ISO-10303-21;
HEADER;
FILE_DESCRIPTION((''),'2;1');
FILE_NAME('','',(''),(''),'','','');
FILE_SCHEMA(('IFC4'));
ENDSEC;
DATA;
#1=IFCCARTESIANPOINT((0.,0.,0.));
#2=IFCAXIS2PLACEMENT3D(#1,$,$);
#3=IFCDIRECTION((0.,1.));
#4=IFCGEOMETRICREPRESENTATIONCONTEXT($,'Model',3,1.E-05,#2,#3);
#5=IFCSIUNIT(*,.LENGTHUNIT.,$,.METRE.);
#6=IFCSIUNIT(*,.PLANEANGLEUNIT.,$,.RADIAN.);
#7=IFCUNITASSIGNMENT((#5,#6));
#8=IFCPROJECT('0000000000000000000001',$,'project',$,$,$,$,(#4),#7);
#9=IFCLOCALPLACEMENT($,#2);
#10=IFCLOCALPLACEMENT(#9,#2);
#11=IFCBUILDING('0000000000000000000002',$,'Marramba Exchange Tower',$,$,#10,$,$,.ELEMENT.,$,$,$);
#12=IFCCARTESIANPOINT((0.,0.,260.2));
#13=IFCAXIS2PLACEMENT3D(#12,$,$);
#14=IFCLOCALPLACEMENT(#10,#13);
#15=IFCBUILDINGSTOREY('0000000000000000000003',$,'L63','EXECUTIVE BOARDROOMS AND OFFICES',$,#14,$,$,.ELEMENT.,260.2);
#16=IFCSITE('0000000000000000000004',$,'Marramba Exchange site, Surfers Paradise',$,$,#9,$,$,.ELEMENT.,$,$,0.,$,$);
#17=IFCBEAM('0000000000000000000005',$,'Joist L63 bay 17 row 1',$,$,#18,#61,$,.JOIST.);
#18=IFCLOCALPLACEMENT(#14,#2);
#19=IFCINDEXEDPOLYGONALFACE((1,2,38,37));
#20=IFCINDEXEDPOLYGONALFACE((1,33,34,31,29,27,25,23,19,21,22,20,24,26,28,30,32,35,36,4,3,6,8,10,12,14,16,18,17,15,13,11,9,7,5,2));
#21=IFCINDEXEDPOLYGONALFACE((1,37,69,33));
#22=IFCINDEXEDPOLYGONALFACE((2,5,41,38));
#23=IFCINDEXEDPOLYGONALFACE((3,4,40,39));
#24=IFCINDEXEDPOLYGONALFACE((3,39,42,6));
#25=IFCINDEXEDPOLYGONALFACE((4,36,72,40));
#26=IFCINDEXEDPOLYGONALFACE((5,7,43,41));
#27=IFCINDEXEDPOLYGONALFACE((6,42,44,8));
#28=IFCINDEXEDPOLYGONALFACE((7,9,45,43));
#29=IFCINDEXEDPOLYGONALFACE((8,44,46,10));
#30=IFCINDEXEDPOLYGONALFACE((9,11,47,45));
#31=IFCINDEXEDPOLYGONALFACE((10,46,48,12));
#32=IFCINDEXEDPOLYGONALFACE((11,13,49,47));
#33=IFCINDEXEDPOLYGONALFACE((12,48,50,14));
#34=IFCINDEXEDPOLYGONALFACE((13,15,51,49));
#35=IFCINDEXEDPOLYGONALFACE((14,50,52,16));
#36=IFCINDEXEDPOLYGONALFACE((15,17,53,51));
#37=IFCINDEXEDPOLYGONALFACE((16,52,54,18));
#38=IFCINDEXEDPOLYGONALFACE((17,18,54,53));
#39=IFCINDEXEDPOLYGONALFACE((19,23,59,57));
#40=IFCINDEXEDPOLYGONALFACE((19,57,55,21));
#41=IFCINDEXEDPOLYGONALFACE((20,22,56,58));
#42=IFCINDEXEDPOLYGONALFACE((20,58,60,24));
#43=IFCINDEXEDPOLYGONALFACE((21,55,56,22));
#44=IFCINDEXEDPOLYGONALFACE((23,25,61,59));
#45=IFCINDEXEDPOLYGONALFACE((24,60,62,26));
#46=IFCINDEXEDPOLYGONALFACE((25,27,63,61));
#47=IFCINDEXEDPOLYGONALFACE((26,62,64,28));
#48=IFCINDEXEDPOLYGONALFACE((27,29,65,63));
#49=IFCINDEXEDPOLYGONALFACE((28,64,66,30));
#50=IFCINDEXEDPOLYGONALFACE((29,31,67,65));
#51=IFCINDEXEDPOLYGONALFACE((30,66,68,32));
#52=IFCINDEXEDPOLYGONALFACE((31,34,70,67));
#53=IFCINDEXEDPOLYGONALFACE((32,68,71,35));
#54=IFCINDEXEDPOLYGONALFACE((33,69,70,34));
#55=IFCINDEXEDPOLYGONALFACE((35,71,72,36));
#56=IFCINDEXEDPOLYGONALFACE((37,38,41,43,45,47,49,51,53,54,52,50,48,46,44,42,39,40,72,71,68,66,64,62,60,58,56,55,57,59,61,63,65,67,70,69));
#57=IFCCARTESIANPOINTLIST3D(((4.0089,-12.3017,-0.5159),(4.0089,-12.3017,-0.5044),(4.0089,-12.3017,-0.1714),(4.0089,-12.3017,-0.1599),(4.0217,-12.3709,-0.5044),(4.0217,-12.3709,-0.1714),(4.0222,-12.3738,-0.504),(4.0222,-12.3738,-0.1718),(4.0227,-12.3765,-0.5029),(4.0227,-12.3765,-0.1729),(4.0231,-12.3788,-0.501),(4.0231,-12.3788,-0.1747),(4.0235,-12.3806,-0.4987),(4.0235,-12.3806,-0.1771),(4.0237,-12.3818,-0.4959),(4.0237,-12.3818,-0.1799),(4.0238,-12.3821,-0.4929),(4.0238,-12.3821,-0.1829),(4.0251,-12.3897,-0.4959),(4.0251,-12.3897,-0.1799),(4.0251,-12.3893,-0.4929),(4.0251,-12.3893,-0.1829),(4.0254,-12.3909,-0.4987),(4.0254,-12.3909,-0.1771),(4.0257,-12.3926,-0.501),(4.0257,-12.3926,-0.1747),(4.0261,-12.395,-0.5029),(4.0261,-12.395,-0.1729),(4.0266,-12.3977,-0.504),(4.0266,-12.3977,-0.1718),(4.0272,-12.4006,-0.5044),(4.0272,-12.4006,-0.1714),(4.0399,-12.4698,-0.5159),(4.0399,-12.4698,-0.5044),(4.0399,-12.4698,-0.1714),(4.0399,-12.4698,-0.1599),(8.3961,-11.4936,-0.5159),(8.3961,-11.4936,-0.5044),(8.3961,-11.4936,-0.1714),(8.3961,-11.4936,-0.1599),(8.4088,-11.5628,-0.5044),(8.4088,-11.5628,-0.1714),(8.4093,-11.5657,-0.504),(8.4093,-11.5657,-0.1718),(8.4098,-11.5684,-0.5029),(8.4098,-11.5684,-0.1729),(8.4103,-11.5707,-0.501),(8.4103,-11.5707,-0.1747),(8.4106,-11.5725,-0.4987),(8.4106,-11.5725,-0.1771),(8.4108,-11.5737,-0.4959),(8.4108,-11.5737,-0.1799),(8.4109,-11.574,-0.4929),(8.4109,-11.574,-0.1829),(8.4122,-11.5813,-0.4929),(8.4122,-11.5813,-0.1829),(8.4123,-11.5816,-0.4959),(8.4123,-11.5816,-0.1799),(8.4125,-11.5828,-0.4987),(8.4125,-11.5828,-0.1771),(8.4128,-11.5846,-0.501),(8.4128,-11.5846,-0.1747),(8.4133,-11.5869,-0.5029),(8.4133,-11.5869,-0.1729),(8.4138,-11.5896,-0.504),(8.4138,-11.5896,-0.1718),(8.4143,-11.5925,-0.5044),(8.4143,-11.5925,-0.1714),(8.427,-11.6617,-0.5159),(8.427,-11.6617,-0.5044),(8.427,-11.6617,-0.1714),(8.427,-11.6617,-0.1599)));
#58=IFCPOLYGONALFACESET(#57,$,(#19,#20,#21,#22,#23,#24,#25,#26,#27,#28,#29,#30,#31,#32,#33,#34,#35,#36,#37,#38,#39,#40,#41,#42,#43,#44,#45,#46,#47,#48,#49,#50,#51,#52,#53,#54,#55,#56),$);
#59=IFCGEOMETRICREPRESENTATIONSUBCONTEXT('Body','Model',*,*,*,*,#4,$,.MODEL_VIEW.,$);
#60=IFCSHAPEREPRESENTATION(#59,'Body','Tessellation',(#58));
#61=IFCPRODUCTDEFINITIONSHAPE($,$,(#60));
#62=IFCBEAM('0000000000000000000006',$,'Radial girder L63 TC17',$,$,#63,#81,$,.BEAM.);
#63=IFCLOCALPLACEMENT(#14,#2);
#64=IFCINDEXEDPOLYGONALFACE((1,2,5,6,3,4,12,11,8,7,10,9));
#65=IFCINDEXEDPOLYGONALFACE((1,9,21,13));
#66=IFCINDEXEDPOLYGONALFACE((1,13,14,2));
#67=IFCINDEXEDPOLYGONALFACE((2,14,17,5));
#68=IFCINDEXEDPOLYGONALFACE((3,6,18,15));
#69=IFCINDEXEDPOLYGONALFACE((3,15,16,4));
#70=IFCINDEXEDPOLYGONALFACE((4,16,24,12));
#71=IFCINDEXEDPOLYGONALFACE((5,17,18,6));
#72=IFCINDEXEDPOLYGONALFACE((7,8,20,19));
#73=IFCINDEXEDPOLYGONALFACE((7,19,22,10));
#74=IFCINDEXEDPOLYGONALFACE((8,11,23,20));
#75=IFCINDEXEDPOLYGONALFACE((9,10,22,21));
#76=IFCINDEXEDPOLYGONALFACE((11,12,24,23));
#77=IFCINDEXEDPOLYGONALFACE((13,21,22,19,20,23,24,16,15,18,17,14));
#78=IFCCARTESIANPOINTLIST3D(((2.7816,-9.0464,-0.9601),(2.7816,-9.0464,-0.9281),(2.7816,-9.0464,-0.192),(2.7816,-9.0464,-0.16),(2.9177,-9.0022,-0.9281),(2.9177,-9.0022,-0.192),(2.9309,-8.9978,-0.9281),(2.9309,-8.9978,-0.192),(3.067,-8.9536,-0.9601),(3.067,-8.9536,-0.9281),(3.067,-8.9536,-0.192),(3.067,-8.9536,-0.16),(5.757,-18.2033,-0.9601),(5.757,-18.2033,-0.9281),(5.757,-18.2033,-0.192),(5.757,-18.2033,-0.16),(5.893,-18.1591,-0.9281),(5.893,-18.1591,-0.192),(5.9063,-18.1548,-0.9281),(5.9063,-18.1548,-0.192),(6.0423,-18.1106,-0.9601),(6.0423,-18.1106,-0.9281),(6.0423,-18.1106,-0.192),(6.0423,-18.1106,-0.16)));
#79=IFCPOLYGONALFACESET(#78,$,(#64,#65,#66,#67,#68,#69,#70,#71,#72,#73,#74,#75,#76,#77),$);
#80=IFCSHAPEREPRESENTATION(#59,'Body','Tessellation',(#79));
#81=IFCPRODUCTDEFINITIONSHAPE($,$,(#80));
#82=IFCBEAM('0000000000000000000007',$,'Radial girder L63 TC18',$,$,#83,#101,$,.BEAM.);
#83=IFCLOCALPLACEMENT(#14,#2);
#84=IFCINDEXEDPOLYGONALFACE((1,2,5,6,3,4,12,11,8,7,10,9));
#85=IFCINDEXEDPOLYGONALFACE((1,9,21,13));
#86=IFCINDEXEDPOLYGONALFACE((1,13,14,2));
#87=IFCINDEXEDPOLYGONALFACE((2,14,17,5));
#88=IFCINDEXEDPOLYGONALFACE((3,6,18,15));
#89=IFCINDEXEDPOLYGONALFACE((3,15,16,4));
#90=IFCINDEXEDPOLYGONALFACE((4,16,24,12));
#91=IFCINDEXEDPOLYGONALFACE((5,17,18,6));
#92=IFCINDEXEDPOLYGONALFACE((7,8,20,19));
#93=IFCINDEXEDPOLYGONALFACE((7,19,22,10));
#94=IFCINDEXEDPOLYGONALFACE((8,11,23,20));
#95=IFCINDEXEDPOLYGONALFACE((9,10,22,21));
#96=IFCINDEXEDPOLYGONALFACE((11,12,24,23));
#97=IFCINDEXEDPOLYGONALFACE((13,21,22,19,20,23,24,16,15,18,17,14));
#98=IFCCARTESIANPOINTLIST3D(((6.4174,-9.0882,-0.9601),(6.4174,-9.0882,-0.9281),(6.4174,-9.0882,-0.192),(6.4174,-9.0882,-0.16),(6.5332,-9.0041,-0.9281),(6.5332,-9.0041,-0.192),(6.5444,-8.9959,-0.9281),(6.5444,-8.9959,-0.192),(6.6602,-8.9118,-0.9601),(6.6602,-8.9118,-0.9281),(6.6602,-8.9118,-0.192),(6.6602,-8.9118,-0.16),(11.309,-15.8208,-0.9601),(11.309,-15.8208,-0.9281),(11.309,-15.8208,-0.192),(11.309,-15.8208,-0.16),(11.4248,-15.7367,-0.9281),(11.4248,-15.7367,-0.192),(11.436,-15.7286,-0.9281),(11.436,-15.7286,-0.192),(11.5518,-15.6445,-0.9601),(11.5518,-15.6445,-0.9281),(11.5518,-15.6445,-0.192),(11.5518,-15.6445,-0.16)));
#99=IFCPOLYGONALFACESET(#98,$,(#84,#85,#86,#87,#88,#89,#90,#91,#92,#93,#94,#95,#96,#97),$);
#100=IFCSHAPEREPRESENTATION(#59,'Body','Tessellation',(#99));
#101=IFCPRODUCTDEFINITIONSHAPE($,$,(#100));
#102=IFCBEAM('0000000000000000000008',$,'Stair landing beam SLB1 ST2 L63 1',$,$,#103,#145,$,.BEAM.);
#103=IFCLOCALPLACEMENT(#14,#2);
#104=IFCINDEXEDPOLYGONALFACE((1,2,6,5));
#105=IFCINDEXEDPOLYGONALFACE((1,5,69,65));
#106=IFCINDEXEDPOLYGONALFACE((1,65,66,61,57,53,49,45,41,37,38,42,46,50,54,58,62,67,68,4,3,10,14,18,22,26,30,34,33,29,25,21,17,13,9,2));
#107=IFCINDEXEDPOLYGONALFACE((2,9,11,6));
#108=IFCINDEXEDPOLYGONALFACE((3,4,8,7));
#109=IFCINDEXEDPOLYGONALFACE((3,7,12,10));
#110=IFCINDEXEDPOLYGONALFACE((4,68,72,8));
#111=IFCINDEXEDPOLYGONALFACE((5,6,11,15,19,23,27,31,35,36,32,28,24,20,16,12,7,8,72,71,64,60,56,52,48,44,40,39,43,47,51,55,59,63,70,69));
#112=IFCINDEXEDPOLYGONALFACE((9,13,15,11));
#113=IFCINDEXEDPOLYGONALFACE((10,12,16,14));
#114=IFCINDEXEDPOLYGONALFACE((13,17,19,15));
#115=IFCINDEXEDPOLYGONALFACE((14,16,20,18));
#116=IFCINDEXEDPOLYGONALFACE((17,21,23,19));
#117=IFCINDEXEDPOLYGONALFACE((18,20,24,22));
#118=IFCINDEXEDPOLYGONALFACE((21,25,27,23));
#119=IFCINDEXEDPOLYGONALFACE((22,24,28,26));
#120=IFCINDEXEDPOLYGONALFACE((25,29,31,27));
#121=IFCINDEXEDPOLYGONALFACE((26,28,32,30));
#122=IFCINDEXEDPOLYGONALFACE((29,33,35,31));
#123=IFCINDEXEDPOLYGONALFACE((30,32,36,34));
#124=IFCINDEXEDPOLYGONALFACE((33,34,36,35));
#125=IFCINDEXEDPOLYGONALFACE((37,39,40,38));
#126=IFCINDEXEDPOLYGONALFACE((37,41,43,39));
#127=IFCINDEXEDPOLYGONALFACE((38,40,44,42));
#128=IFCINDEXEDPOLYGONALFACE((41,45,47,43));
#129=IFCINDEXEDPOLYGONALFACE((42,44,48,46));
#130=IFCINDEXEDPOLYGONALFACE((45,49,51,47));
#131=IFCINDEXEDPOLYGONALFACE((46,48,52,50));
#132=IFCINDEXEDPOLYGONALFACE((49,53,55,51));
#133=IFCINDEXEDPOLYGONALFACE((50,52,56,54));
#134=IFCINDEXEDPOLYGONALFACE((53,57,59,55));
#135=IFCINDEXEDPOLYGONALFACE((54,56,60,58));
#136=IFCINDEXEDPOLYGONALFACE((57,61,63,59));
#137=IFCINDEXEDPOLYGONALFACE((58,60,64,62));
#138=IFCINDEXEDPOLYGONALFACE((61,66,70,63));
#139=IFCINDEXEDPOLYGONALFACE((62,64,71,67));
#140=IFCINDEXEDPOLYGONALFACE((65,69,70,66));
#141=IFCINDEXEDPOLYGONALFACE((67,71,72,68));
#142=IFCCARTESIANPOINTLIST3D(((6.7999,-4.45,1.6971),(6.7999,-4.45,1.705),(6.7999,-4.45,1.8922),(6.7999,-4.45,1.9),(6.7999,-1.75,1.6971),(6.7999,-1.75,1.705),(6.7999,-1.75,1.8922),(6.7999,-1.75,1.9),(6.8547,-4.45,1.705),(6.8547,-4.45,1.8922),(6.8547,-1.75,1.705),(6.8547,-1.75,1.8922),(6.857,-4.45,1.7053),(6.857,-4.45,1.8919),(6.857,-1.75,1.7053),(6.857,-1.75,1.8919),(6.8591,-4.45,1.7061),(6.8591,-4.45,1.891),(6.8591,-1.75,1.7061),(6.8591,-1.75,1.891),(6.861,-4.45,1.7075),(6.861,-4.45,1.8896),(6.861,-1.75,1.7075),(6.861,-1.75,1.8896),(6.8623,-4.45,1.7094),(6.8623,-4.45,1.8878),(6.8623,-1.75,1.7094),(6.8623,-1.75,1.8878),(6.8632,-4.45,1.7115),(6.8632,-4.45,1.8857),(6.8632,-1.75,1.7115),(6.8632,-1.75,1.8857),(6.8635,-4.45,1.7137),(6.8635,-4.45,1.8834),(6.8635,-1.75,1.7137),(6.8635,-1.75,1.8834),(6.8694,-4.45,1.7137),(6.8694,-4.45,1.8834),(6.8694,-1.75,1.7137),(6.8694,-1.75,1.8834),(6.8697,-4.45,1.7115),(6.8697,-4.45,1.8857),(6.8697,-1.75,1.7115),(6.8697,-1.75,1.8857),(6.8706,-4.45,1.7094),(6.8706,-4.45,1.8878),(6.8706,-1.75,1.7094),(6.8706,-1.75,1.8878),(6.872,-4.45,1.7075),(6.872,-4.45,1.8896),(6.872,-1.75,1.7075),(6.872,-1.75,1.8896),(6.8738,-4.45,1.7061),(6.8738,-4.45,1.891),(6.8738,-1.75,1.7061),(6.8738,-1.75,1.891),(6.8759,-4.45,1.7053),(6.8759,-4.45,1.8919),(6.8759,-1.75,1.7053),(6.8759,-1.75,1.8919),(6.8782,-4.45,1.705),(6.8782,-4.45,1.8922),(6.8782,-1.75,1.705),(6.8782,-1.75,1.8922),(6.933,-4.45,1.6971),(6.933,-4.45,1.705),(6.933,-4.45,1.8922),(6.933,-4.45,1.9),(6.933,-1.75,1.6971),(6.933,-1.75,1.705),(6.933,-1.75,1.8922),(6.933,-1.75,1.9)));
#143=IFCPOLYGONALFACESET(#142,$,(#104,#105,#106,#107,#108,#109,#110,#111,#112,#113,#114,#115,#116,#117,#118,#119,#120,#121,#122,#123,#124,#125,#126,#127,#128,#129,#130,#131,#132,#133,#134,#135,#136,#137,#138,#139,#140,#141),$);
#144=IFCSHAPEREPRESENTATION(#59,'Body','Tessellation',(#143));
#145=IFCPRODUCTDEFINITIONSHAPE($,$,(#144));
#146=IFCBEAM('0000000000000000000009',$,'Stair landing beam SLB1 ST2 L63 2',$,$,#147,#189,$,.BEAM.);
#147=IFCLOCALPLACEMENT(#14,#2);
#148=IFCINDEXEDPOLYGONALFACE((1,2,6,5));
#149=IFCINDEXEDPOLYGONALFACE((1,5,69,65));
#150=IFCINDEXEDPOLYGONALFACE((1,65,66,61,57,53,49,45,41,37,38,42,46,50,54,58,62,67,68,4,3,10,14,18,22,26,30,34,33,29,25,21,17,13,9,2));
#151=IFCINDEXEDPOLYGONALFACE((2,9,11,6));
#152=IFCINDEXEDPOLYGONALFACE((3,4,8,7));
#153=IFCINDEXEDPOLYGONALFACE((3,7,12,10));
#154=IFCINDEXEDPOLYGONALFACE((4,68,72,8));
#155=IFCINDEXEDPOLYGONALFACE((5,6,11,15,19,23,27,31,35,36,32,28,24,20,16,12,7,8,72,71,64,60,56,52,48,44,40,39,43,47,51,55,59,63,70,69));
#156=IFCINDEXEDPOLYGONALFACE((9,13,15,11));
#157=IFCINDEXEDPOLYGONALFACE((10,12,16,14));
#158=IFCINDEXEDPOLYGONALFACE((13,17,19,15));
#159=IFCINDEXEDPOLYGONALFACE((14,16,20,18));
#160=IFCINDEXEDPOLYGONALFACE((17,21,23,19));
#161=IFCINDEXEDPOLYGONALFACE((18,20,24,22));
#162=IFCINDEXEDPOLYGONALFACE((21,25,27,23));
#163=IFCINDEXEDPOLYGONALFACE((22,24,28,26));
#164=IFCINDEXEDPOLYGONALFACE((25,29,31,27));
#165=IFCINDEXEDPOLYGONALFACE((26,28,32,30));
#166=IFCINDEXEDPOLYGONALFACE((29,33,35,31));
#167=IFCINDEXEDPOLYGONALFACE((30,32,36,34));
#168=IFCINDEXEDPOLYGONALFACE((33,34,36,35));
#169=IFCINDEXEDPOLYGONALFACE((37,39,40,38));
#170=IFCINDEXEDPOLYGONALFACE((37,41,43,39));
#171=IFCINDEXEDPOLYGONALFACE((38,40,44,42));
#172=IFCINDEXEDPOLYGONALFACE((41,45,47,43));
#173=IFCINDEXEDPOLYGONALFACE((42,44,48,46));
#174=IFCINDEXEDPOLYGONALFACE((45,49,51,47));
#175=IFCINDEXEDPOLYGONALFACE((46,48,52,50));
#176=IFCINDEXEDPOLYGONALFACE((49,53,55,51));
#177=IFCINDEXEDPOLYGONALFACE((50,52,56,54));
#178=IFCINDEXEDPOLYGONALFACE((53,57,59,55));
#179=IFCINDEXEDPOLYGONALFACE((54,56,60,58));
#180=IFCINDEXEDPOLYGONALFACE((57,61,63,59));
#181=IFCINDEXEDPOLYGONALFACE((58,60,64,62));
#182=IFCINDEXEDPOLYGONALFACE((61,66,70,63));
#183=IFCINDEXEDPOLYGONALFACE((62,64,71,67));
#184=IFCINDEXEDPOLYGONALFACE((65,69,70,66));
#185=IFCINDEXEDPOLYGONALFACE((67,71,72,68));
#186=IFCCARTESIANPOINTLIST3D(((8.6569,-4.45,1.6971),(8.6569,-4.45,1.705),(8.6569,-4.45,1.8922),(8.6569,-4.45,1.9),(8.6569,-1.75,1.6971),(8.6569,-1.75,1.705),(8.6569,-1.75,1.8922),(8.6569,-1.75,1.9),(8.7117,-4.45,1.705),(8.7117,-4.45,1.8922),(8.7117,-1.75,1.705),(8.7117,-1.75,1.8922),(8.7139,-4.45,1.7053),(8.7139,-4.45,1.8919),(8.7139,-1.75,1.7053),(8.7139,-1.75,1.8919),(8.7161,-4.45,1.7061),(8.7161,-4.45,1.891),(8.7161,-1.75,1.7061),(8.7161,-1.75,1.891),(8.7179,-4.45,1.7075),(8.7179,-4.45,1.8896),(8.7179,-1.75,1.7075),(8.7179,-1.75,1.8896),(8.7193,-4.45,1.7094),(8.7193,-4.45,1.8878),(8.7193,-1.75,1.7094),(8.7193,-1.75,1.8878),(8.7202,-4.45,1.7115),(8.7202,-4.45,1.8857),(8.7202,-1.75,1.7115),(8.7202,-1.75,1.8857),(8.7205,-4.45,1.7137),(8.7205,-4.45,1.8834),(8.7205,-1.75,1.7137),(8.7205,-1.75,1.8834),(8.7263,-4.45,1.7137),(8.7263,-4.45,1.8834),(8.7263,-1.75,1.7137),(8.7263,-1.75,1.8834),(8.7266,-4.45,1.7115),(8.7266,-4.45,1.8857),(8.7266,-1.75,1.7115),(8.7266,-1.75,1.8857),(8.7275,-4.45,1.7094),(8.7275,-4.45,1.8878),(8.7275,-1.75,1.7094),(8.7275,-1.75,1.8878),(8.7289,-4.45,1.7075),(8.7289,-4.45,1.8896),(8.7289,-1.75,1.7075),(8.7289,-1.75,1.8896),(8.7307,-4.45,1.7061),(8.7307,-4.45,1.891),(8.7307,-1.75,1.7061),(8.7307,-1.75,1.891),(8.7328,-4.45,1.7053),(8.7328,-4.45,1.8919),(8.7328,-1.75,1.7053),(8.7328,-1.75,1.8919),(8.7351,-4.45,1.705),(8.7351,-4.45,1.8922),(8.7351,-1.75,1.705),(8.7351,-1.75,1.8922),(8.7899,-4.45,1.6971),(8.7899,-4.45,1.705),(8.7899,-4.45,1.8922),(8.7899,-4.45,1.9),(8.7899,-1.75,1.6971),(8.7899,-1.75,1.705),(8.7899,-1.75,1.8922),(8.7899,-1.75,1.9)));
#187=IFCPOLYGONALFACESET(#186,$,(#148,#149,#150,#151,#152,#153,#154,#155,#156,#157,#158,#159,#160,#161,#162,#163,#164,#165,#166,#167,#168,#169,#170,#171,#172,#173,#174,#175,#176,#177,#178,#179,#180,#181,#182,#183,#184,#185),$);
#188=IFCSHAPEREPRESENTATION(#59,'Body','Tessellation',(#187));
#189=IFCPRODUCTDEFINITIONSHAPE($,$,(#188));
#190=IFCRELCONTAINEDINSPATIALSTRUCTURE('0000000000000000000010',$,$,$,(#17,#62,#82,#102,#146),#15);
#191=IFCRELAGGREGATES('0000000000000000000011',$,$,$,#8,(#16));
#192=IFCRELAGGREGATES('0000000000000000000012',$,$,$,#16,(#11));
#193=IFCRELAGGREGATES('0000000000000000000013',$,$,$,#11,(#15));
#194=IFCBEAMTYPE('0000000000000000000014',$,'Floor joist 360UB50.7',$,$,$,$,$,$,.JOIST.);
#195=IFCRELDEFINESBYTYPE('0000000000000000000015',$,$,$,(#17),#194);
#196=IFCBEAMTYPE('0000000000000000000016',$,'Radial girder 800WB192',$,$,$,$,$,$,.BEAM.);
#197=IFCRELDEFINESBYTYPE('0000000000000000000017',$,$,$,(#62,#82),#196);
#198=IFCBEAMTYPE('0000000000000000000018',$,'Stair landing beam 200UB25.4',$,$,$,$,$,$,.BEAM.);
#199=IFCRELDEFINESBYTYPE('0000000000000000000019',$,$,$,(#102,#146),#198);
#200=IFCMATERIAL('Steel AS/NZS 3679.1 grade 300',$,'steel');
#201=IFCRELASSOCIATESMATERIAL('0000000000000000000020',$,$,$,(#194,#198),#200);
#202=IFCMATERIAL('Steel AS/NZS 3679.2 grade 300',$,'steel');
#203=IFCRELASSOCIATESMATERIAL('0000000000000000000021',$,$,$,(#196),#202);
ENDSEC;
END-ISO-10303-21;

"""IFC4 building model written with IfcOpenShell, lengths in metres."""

from ifc_helpers import new_model, si_unit, direction, frame, origin, origin_2d, place, context, subcontext, project, spatial, i_section, extrude, material, material_profile, profile_set, type_object, element, save


model = new_model("IFC4")

# Units and contexts
model_context = context("Model", 3, precision=1e-05, world=origin(), true_north=direction((0.0, 1.0)))
body_context = subcontext(model_context, "Body", "Model", "MODEL_VIEW")
ifc_project = project(units=[si_unit("LENGTHUNIT", "METRE"), si_unit("PLANEANGLEUNIT", "RADIAN")], contexts=[model_context])

# Site, building, storey
site_placement = place(None, origin())
site = spatial("IfcSite", under=ifc_project, at=site_placement, Name="Marramba Exchange site, Surfers Paradise", CompositionType="ELEMENT", RefElevation=0.0)
building_placement = place(site_placement, origin())
building = spatial("IfcBuilding", under=site, at=building_placement, Name="Marramba Exchange Tower", CompositionType="ELEMENT")
storey_placement = place(building_placement, frame((0.0, 0.0, 260.2)))
storey = spatial("IfcBuildingStorey", under=building, at=storey_placement, Name="L63", Description="EXECUTIVE BOARDROOMS AND OFFICES", CompositionType="ELEMENT", Elevation=260.2)

# Beams
ifc_material_1 = material(Name="Steel AS/NZS 3679.1 grade 300", Category="steel")
ifc_material_profile_1 = material_profile(ifc_material_1, i_section(OverallWidth=0.1709, OverallDepth=0.356, WebThickness=0.0073, FlangeThickness=0.0115, FilletRadius=0.0115, at=origin_2d()), Name="360UB50.7")
ifc_profile_set_1 = profile_set([ifc_material_profile_1], Name="Steel AS/NZS 3679.1 grade 300")
beam_type_1 = type_object("IfcBeamType", Name="Floor joist 360UB50.7", PredefinedType="JOIST", material=ifc_profile_set_1)
beam_1_placement = place(storey_placement, frame((4.0244, -12.3857, -0.3379), z_axis=(0.983456, 0.181149, 0.0), x_axis=(-0.181149, 0.983456, 0.0)))
element("IfcBeam", 1, at=beam_1_placement, inside=storey, type_object=beam_type_1, Name="Joist L63 bay 17 row 1", PredefinedType="JOIST", context=body_context, shape_type="SweptSolid", body=[
    extrude(i_section(OverallWidth=0.1709, OverallDepth=0.356, WebThickness=0.0073, FlangeThickness=0.0115, FilletRadius=0.0115, at=origin_2d()), origin(), (0.0, 0.0, 1.0), 4.4609),
])
ifc_material_2 = material(Name="Steel AS/NZS 3679.2 grade 300", Category="steel")
ifc_material_profile_2 = material_profile(ifc_material_2, i_section(OverallWidth=0.3, OverallDepth=0.8, WebThickness=0.0139, FlangeThickness=0.032, at=origin_2d()), Name="800WB192")
ifc_profile_set_2 = profile_set([ifc_material_profile_2], Name="Steel AS/NZS 3679.2 grade 300")
beam_type_2 = type_object("IfcBeamType", Name="Radial girder 800WB192", PredefinedType="BEAM", material=ifc_profile_set_2)
beam_2_placement = place(storey_placement, frame((2.9243, -9.0, -0.5601), z_axis=(0.309022, -0.951055, 0.0), x_axis=(0.951055, 0.309022, 0.0)))
element("IfcBeam", 2, at=beam_2_placement, inside=storey, type_object=beam_type_2, Name="Radial girder L63 TC17", PredefinedType="BEAM", context=body_context, shape_type="SweptSolid", body=[
    extrude(i_section(OverallWidth=0.3, OverallDepth=0.8, WebThickness=0.0139, FlangeThickness=0.032, at=origin_2d()), origin(), (0.0, 0.0, 1.0), 9.6282),
])
beam_3_placement = place(storey_placement, frame((6.5388, -9.0, -0.5601), z_axis=(0.587788, -0.809015, 0.0), x_axis=(0.809015, 0.587788, 0.0)))
element("IfcBeam", 3, at=beam_3_placement, inside=storey, type_object=beam_type_2, Name="Radial girder L63 TC18", PredefinedType="BEAM", context=body_context, shape_type="SweptSolid", body=[
    extrude(i_section(OverallWidth=0.3, OverallDepth=0.8, WebThickness=0.0139, FlangeThickness=0.032, at=origin_2d()), origin(), (0.0, 0.0, 1.0), 8.322),
])
ifc_material_profile_3 = material_profile(ifc_material_1, i_section(OverallWidth=0.1331, OverallDepth=0.2029, WebThickness=0.0059, FlangeThickness=0.0078, FilletRadius=0.0088, at=origin_2d()), Name="200UB25.4")
ifc_profile_set_3 = profile_set([ifc_material_profile_3], Name="Steel AS/NZS 3679.1 grade 300")
beam_type_3 = type_object("IfcBeamType", Name="Stair landing beam 200UB25.4", PredefinedType="BEAM", material=ifc_profile_set_3)
for number, where, z_axis, x_axis, name in (
    (4, (6.8665, -4.45, 1.7986), (0.0, 1.0, 0.0), (-1.0, 0.0, 0.0), "Stair landing beam SLB1 ST2 L63 1"),
    (5, (8.7234, -4.45, 1.7986), (0.0, 1.0, 0.0), (-1.0, 0.0, 0.0), "Stair landing beam SLB1 ST2 L63 2"),
):
    element("IfcBeam", number, at=place(storey_placement, frame(where, z_axis=z_axis, x_axis=x_axis)), inside=storey, type_object=beam_type_3, Name=name, PredefinedType="BEAM", context=body_context, shape_type="SweptSolid", body=[
        extrude(i_section(OverallWidth=0.1331, OverallDepth=0.2029, WebThickness=0.0059, FlangeThickness=0.0078, FilletRadius=0.0088, at=origin_2d()), origin(), (0.0, 0.0, 1.0), 2.7),
    ])

save(model, "model.ifc")
